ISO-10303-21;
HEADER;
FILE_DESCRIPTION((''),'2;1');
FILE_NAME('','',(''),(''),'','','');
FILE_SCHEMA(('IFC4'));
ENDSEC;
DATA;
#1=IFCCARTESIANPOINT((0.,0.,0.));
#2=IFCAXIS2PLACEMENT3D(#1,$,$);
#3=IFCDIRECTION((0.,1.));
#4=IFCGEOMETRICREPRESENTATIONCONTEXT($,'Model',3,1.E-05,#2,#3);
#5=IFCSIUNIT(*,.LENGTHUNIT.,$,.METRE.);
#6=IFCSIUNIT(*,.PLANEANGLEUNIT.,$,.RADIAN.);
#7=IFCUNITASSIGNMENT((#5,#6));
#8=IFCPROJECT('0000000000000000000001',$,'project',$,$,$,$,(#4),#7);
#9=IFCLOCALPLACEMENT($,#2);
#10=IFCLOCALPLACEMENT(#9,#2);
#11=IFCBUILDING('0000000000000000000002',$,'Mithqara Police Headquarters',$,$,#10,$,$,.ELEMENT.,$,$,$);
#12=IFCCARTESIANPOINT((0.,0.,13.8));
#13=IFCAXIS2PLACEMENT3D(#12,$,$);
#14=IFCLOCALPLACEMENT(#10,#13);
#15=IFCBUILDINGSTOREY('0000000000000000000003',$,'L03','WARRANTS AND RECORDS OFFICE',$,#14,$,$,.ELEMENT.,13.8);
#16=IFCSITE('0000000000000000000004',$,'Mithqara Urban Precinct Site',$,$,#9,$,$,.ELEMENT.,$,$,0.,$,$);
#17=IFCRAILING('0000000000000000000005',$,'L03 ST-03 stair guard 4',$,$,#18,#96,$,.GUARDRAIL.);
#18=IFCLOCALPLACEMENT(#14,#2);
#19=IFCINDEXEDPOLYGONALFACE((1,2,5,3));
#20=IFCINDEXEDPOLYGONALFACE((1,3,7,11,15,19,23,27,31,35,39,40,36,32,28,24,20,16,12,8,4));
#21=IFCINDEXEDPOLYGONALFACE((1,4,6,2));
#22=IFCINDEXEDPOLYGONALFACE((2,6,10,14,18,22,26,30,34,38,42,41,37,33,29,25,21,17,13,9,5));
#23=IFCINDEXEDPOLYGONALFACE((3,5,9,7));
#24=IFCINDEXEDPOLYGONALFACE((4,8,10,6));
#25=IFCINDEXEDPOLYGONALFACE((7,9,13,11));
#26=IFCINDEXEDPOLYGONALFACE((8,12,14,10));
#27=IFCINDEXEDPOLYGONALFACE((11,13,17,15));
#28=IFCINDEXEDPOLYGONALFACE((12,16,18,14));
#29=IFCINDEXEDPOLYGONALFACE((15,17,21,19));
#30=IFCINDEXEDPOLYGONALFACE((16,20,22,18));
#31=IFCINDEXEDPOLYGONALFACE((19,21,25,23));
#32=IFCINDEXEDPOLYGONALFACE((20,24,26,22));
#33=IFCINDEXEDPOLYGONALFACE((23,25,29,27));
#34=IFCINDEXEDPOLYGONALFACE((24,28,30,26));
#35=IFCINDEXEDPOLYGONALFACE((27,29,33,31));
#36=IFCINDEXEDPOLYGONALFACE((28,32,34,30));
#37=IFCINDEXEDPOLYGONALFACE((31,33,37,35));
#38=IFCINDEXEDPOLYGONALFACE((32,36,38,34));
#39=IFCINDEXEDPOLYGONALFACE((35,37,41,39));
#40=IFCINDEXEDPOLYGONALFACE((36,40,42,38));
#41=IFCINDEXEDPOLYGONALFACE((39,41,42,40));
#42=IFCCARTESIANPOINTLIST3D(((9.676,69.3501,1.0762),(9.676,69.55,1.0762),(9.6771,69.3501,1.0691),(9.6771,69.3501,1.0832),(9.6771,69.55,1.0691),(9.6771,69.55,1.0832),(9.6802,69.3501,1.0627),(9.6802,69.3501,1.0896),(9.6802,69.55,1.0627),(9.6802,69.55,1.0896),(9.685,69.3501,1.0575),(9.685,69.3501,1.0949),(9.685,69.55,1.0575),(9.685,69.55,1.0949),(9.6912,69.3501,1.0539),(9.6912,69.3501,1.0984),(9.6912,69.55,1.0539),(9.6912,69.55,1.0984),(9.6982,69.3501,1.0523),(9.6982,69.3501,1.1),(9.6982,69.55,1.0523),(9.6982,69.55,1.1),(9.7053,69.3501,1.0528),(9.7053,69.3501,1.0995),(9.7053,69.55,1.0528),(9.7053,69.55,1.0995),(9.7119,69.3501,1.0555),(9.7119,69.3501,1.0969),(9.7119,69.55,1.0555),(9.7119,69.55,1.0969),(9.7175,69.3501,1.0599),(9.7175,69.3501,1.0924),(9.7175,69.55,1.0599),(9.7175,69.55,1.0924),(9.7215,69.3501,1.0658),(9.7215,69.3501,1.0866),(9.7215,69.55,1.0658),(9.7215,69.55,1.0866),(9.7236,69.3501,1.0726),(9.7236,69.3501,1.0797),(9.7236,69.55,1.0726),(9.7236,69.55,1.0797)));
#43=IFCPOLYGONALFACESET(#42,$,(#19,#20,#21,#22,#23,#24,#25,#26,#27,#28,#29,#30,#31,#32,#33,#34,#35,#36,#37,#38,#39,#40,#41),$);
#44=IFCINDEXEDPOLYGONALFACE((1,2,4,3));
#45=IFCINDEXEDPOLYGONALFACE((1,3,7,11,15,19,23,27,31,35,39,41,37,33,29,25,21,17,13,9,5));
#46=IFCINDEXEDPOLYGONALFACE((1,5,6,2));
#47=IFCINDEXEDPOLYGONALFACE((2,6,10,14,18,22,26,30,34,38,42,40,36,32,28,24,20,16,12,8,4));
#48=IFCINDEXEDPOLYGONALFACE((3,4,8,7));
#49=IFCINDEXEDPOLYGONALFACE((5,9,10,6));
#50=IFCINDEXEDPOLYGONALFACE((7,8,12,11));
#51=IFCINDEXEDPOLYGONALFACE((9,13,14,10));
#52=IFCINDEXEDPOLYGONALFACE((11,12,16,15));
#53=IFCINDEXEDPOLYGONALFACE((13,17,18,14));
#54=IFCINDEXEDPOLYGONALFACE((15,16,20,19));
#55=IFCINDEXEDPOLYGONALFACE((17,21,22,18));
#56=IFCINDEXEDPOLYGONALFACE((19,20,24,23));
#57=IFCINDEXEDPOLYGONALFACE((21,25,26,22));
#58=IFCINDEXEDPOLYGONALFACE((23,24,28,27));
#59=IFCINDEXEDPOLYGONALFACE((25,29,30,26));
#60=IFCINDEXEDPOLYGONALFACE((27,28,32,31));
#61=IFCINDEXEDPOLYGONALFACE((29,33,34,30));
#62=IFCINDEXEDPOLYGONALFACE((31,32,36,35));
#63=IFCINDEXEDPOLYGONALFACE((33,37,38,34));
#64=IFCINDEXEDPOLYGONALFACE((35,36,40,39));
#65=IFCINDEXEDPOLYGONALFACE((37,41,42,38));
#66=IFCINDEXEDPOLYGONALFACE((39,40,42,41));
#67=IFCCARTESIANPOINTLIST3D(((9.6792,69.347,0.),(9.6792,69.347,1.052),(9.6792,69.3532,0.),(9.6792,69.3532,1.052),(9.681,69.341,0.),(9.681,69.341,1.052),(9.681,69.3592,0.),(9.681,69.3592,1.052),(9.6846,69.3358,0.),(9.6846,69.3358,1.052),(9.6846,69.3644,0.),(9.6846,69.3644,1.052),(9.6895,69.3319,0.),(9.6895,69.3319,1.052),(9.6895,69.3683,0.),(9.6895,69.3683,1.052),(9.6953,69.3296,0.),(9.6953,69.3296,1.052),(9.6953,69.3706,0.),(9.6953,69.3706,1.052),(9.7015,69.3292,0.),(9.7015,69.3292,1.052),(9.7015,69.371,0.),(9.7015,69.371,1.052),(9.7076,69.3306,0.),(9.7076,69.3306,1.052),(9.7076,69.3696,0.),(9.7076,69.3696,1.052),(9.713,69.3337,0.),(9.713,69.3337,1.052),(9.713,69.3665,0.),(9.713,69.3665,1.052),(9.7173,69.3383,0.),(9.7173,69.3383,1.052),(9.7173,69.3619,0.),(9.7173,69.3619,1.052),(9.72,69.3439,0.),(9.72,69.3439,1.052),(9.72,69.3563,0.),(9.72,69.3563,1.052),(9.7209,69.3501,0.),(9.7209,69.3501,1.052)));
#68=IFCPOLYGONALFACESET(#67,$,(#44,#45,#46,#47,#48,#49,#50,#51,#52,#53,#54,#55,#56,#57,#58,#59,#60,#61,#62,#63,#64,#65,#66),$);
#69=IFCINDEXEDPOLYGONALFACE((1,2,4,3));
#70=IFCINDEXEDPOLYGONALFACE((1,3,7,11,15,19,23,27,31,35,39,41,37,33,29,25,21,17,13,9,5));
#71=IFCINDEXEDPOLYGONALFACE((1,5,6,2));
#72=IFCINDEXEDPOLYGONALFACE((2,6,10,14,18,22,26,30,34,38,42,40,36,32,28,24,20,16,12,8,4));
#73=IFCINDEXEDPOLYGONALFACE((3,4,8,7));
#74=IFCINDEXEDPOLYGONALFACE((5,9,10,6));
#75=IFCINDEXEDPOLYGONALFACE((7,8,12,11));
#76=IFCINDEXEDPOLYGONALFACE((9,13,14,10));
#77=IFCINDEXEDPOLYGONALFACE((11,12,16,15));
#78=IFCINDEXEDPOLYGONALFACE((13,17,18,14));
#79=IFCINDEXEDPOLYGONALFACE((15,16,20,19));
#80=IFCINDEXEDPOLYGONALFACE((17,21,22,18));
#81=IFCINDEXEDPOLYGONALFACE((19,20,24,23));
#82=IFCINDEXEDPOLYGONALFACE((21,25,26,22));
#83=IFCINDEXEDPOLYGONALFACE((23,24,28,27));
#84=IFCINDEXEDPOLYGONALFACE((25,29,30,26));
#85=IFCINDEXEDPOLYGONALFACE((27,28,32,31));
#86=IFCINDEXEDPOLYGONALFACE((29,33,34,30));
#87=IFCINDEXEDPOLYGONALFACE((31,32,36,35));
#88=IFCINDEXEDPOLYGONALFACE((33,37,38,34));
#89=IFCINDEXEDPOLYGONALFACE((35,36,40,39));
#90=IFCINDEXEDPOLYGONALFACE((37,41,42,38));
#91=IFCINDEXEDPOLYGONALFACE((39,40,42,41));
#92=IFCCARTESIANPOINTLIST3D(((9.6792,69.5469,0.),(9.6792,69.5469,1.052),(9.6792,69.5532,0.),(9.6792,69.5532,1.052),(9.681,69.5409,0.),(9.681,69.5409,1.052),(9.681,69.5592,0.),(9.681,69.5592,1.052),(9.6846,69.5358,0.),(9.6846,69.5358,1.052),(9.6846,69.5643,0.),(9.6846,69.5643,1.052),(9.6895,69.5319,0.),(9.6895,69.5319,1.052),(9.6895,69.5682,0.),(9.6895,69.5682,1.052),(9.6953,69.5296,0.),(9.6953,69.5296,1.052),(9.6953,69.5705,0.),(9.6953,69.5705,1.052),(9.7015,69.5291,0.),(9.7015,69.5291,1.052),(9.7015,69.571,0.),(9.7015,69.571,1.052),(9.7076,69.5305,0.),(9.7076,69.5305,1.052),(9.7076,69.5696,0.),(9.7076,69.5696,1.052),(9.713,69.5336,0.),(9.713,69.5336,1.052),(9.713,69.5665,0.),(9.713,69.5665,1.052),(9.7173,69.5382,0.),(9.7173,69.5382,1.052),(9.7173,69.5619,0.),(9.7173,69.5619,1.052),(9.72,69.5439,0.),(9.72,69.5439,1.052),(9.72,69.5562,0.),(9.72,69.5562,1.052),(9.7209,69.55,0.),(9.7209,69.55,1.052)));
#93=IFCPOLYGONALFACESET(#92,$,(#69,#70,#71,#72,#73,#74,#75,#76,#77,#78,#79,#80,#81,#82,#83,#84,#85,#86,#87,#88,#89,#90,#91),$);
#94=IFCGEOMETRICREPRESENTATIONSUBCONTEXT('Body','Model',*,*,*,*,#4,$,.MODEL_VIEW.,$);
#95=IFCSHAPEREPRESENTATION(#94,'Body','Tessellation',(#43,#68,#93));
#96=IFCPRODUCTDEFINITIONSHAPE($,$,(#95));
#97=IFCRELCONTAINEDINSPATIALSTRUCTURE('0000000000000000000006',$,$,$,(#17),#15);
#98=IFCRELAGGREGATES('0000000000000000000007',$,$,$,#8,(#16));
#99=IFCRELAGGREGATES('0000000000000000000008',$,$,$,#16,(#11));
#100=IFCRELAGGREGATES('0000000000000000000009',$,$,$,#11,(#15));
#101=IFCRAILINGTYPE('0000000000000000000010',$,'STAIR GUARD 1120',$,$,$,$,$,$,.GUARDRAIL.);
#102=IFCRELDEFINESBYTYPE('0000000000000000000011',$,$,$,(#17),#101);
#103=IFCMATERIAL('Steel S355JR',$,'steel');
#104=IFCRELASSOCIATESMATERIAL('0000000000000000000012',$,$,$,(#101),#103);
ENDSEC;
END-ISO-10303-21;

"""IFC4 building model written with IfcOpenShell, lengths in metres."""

from ifc_helpers import new_model, si_unit, direction, frame, origin, origin_2d, place, context, subcontext, project, spatial, circle, extrude, material, type_object, element, save


model = new_model("IFC4")

# Units and contexts
model_context = context("Model", 3, precision=1e-05, world=origin(), true_north=direction((0.0, 1.0)))
body_context = subcontext(model_context, "Body", "Model", "MODEL_VIEW")
ifc_project = project(units=[si_unit("LENGTHUNIT", "METRE"), si_unit("PLANEANGLEUNIT", "RADIAN")], contexts=[model_context])

# Site, building, storey
site_placement = place(None, origin())
site = spatial("IfcSite", under=ifc_project, at=site_placement, Name="Mithqara Urban Precinct Site", CompositionType="ELEMENT", RefElevation=0.0)
building_placement = place(site_placement, origin())
building = spatial("IfcBuilding", under=site, at=building_placement, Name="Mithqara Police Headquarters", CompositionType="ELEMENT")
storey_placement = place(building_placement, frame((0.0, 0.0, 13.8)))
storey = spatial("IfcBuildingStorey", under=building, at=storey_placement, Name="L03", Description="WARRANTS AND RECORDS OFFICE", CompositionType="ELEMENT", Elevation=13.8)

# Shared definitions
ifc_material_1 = material(Name="Steel S355JR", Category="steel")

# Railing
railing_type_1 = type_object("IfcRailingType", Name="STAIR GUARD 1120", PredefinedType="GUARDRAIL", material=ifc_material_1)
railing_1_placement = place(storey_placement, frame((9.7, 69.3501, 0.0)))
element("IfcRailing", 1, at=railing_1_placement, inside=storey, type_object=railing_type_1, Name="L03 ST-03 stair guard 4", PredefinedType="GUARDRAIL", context=body_context, shape_type="SweptSolid", body=[
    extrude(circle(Radius=0.0239, at=origin_2d()), frame((0.0, 0.0, 1.0762), z_axis=(0.0, 1.0, 0.0), x_axis=(-1.0, 0.0, 0.0)), (0.0, 0.0, 1.0), 0.2),
    extrude(circle(Radius=0.021, at=origin_2d()), origin(), (0.0, 0.0, 1.0), 1.052),
    extrude(circle(Radius=0.021, at=origin_2d()), frame((0.0, 0.2, 0.0)), (0.0, 0.0, 1.0), 1.052),
])

save(model, "model.ifc")
